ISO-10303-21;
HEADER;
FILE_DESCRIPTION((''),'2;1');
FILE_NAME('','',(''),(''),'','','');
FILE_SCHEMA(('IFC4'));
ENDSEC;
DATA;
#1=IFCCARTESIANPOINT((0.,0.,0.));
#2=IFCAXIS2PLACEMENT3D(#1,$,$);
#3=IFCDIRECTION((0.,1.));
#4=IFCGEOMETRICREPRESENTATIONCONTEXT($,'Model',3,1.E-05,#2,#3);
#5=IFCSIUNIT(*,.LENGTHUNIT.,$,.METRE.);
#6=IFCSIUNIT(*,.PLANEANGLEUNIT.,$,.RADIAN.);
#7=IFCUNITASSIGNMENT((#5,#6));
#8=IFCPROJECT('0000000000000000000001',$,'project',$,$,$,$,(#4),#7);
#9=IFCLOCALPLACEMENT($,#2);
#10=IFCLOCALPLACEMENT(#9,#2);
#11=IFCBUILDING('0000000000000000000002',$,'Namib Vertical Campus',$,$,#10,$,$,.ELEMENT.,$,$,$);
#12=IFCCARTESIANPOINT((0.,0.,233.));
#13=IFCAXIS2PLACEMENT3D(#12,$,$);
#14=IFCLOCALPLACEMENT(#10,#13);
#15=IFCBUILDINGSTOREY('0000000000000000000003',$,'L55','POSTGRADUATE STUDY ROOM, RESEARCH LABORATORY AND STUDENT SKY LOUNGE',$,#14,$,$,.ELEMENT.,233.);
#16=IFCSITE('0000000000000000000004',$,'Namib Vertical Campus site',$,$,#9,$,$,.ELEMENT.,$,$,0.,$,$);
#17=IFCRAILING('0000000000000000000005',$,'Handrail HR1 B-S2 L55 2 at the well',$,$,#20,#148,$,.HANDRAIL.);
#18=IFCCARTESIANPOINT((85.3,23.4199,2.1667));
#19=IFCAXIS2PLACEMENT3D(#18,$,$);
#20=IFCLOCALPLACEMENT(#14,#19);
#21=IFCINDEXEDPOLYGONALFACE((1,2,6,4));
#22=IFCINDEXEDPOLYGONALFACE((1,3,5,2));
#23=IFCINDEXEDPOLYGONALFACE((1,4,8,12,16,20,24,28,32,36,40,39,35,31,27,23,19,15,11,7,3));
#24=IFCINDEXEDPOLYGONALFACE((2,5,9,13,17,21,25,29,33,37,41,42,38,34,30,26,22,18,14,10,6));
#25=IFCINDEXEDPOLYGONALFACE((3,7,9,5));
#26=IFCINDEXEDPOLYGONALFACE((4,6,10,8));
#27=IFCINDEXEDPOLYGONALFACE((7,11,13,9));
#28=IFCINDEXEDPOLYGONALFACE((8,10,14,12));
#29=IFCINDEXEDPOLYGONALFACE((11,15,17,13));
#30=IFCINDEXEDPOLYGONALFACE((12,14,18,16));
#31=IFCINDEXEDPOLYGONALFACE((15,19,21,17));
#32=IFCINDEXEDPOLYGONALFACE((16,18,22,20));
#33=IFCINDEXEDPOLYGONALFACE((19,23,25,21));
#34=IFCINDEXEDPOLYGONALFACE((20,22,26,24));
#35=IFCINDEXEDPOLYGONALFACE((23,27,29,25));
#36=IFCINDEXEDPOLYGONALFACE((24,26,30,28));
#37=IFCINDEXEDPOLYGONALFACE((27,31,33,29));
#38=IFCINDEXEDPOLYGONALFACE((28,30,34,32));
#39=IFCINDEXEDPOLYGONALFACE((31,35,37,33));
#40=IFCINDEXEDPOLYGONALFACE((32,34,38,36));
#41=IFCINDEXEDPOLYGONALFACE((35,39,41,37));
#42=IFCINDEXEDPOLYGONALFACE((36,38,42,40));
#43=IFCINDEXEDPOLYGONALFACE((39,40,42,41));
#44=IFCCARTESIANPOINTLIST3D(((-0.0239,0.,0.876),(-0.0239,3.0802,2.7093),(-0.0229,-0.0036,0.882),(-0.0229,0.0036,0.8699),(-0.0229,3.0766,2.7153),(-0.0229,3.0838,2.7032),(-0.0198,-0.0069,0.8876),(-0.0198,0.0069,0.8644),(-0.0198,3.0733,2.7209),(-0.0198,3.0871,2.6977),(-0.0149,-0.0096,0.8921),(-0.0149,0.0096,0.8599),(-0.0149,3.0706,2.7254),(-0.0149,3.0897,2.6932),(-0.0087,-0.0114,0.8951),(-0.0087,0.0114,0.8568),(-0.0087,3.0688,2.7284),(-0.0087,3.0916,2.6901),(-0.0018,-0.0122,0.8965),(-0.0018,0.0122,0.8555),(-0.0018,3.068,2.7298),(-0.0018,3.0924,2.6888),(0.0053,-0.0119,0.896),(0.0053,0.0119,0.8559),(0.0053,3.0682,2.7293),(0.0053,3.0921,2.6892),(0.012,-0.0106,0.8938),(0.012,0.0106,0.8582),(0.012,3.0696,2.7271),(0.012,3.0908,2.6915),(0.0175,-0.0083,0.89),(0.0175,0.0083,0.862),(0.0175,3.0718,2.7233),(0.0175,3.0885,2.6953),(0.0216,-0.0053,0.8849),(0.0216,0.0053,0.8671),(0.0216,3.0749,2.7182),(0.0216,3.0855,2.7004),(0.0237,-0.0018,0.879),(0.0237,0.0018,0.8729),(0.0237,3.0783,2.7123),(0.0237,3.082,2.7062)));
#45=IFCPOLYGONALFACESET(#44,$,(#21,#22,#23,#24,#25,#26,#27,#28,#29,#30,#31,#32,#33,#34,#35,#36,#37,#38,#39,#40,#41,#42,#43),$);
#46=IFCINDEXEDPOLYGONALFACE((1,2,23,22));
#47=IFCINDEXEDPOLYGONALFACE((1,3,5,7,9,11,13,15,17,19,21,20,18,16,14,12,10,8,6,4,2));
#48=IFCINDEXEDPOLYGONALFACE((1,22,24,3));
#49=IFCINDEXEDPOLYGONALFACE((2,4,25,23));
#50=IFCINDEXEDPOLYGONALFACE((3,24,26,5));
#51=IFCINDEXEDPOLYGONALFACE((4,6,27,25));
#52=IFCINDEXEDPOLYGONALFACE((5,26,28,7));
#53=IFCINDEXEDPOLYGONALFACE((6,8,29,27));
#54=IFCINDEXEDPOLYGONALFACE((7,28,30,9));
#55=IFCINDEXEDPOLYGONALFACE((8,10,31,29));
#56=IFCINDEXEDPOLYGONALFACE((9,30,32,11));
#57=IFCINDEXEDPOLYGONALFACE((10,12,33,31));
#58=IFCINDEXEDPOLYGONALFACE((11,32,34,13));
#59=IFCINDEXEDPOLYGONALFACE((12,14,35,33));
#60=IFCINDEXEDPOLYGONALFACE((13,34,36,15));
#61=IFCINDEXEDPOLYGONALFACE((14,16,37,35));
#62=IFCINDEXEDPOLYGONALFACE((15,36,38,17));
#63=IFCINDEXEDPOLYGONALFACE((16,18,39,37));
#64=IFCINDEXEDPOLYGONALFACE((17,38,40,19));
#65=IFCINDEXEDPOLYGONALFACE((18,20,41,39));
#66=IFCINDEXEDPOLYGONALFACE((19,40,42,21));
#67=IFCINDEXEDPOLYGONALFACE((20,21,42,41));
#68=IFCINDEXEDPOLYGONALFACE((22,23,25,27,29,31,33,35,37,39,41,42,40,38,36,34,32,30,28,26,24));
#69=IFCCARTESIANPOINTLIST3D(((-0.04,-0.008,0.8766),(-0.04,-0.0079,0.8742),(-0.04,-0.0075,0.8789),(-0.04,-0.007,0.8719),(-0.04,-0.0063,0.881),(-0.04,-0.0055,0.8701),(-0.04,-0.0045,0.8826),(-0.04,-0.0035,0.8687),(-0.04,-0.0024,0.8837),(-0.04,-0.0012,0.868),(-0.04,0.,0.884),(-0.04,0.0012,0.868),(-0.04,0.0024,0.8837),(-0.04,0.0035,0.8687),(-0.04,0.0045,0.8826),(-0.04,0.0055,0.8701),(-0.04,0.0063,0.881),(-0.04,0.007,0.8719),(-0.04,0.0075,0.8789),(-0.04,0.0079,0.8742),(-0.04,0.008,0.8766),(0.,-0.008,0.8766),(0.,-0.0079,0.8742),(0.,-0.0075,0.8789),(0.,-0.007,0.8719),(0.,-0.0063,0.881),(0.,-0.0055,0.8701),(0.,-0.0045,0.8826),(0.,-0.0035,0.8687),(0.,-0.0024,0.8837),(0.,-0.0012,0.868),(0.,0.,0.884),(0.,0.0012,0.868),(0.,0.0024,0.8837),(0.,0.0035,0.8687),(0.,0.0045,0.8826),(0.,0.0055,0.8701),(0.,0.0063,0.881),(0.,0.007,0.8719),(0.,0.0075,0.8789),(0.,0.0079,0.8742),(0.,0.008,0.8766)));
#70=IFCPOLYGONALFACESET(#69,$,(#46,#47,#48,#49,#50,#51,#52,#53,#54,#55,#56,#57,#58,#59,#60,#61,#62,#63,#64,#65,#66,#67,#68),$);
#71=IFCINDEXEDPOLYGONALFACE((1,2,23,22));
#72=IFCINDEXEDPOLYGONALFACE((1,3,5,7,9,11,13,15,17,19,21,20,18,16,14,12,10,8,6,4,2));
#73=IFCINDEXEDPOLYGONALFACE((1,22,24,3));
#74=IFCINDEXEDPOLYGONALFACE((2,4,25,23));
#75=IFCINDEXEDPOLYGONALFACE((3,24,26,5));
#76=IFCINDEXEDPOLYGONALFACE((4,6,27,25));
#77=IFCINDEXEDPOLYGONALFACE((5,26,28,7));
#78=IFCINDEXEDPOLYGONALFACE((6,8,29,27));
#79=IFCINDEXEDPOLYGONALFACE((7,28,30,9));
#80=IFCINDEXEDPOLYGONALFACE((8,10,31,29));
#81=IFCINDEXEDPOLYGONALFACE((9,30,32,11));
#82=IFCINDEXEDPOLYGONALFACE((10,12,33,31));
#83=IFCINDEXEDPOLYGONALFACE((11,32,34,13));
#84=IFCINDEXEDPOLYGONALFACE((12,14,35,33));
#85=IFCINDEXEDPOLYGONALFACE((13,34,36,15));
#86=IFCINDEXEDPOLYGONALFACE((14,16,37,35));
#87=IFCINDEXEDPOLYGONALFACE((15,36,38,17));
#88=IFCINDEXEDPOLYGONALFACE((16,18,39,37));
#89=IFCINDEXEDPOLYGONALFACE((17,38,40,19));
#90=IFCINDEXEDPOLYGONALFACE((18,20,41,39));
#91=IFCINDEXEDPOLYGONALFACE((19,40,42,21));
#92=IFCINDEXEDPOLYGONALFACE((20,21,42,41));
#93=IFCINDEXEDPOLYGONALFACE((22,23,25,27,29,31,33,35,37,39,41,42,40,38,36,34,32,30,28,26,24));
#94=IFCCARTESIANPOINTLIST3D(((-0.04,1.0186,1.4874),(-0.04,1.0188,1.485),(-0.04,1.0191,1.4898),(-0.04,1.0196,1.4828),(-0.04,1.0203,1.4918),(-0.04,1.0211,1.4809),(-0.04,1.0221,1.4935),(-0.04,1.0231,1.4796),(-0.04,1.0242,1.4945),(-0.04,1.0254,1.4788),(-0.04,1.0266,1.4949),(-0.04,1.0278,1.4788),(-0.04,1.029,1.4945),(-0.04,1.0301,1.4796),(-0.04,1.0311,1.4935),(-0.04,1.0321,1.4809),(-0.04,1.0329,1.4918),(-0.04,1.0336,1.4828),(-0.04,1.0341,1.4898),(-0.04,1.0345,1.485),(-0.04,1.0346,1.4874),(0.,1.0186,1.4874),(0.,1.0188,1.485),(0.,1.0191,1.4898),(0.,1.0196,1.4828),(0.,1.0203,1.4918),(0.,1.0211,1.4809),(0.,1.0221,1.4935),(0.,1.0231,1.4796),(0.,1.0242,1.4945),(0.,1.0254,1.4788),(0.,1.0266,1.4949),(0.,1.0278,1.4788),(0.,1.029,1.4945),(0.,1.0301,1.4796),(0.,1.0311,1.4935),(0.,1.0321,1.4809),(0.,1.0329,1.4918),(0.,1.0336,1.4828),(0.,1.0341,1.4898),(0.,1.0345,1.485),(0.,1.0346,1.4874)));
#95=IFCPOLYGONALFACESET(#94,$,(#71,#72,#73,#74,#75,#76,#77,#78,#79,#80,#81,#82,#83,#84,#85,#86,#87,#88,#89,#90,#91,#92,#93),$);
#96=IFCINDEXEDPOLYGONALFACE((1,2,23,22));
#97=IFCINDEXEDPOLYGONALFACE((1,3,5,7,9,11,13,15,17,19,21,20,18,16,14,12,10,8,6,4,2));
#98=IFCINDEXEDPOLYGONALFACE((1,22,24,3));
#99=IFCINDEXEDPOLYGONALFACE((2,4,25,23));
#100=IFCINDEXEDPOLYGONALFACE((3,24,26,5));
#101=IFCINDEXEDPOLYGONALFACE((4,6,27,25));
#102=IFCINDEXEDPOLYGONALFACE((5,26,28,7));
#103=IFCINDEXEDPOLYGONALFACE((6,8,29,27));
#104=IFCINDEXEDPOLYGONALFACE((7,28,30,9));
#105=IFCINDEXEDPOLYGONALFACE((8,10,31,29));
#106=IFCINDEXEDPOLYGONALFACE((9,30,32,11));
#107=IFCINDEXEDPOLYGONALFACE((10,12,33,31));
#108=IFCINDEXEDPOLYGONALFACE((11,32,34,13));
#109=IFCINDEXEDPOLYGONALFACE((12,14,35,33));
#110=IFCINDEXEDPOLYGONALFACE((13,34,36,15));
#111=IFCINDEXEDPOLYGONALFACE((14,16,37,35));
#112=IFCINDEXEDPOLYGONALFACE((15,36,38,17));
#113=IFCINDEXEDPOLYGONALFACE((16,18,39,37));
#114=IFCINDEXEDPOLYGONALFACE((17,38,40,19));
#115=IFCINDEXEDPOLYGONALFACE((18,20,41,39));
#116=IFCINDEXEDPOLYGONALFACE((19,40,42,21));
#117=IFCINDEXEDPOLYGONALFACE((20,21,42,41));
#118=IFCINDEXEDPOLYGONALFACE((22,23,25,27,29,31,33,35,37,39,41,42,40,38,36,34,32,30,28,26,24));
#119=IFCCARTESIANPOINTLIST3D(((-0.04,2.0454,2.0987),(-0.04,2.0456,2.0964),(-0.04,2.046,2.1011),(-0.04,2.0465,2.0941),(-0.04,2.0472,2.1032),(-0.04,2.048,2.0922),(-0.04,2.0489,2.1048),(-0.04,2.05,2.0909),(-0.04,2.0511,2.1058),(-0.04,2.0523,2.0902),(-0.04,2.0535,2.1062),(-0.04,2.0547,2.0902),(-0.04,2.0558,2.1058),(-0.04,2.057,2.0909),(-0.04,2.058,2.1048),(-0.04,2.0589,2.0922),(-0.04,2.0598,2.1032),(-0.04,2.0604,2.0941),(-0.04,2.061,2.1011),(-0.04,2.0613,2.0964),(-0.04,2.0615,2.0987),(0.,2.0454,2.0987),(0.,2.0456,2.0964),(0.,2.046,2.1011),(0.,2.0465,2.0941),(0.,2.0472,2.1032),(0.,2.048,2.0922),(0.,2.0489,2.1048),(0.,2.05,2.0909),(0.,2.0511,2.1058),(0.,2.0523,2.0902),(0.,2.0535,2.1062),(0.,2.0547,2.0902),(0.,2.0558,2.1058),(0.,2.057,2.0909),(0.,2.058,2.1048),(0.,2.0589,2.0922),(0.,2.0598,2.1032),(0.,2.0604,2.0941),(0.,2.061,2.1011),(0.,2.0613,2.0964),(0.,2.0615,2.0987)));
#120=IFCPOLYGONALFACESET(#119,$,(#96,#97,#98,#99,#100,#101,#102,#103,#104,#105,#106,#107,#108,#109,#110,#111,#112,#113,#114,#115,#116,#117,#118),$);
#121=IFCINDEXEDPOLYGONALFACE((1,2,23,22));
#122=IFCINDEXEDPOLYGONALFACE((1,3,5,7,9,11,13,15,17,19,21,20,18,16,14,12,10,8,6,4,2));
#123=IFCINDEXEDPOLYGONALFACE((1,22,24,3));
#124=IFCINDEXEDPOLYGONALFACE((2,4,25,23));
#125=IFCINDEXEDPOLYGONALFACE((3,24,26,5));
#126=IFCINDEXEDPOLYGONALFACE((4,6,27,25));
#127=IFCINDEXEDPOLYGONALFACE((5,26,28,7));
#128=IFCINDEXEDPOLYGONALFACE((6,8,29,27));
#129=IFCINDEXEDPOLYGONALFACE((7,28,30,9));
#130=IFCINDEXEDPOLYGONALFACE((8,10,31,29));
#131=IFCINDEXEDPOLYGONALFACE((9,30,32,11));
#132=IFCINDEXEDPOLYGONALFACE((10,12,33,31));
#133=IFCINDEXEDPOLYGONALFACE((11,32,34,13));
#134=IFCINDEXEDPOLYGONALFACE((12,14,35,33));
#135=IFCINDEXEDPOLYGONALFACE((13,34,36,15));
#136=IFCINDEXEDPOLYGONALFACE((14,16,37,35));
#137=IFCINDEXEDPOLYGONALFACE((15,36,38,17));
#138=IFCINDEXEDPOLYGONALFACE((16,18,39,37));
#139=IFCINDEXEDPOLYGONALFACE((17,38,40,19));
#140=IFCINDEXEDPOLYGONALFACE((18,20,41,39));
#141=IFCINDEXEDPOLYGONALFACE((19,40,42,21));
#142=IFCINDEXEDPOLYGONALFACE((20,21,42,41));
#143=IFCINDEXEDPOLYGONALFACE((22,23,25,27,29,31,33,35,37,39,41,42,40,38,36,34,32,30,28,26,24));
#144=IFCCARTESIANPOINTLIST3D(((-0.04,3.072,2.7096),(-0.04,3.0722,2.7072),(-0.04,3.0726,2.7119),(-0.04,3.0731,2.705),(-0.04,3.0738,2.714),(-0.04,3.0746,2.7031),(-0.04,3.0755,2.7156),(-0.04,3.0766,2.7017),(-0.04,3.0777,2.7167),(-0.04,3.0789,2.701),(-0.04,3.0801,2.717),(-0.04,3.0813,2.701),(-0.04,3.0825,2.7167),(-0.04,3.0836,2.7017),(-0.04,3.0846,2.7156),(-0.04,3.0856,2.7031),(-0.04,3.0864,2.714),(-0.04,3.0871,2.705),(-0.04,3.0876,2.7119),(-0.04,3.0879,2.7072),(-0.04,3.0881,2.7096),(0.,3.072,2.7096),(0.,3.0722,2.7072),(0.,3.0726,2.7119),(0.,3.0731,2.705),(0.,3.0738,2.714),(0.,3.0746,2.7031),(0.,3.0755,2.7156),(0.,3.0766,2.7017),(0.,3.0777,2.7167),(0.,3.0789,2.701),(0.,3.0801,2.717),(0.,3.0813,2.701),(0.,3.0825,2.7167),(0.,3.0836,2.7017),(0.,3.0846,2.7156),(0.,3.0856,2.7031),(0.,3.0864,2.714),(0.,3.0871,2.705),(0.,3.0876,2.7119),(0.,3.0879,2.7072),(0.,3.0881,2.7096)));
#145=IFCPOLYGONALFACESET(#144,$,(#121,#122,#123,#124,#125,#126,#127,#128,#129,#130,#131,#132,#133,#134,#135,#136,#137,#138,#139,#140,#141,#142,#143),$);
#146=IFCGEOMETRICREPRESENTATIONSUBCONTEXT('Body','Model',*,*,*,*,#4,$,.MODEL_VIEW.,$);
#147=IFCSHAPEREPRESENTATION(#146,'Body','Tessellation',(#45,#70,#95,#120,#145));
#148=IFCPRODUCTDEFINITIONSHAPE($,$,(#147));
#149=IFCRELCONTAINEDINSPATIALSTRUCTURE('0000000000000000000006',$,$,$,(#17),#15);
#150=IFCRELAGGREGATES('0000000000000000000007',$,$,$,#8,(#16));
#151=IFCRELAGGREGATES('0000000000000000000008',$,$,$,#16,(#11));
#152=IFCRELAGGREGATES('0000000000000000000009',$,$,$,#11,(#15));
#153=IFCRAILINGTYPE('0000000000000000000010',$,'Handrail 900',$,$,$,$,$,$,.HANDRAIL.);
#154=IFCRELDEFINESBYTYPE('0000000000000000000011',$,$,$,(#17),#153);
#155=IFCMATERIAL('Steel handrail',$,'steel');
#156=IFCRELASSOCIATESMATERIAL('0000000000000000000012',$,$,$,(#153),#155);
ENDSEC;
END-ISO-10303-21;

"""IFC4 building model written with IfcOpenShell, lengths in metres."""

from ifc_helpers import new_model, si_unit, direction, frame, origin, origin_2d, place, context, subcontext, project, spatial, circle, extrude, material, type_object, element, save


model = new_model("IFC4")

# Units and contexts
model_context = context("Model", 3, precision=1e-05, world=origin(), true_north=direction((0.0, 1.0)))
body_context = subcontext(model_context, "Body", "Model", "MODEL_VIEW")
ifc_project = project(units=[si_unit("LENGTHUNIT", "METRE"), si_unit("PLANEANGLEUNIT", "RADIAN")], contexts=[model_context])

# Site, building, storey
site_placement = place(None, origin())
site = spatial("IfcSite", under=ifc_project, at=site_placement, Name="Namib Vertical Campus site", CompositionType="ELEMENT", RefElevation=0.0)
building_placement = place(site_placement, origin())
building = spatial("IfcBuilding", under=site, at=building_placement, Name="Namib Vertical Campus", CompositionType="ELEMENT")
storey_placement = place(building_placement, frame((0.0, 0.0, 233.0)))
storey = spatial("IfcBuildingStorey", under=building, at=storey_placement, Name="L55", Description="POSTGRADUATE STUDY ROOM, RESEARCH LABORATORY AND STUDENT SKY LOUNGE", CompositionType="ELEMENT", Elevation=233.0)

# Railing
ifc_material_1 = material(Name="Steel handrail", Category="steel")
railing_type = type_object("IfcRailingType", Name="Handrail 900", PredefinedType="HANDRAIL", material=ifc_material_1)
railing_1_placement = place(storey_placement, frame((85.3, 23.4199, 2.1667)))
element("IfcRailing", 1, at=railing_1_placement, inside=storey, type_object=railing_type, Name="Handrail HR1 B-S2 L55 2 at the well", PredefinedType="HANDRAIL", context=body_context, shape_type="SweptSolid", body=[
    extrude(circle(Radius=0.0239, at=origin_2d()), frame((0.0, 0.0, 0.876), z_axis=(0.0, 0.859309, 0.511458), x_axis=(-1.0, 0.0, 0.0)), (0.0, 0.0, 1.0), 3.5845),
    extrude(circle(Radius=0.0081, at=origin_2d()), frame((0.0, 0.0, 0.876), z_axis=(-1.0, 0.0, 0.0), x_axis=(0.0, 0.0, 1.0)), (0.0, 0.0, 1.0), 0.04),
    extrude(circle(Radius=0.0081, at=origin_2d()), frame((0.0, 1.0266, 1.4868), z_axis=(-1.0, 0.0, 0.0), x_axis=(0.0, 0.0, 1.0)), (0.0, 0.0, 1.0), 0.04),
    extrude(circle(Radius=0.0081, at=origin_2d()), frame((0.0, 2.0535, 2.0981), z_axis=(-1.0, 0.0, 0.0), x_axis=(0.0, 0.0, 1.0)), (0.0, 0.0, 1.0), 0.04),
    extrude(circle(Radius=0.0081, at=origin_2d()), frame((0.0, 3.0801, 2.709), z_axis=(-1.0, 0.0, 0.0), x_axis=(0.0, 0.0, 1.0)), (0.0, 0.0, 1.0), 0.04),
])

save(model, "model.ifc")
